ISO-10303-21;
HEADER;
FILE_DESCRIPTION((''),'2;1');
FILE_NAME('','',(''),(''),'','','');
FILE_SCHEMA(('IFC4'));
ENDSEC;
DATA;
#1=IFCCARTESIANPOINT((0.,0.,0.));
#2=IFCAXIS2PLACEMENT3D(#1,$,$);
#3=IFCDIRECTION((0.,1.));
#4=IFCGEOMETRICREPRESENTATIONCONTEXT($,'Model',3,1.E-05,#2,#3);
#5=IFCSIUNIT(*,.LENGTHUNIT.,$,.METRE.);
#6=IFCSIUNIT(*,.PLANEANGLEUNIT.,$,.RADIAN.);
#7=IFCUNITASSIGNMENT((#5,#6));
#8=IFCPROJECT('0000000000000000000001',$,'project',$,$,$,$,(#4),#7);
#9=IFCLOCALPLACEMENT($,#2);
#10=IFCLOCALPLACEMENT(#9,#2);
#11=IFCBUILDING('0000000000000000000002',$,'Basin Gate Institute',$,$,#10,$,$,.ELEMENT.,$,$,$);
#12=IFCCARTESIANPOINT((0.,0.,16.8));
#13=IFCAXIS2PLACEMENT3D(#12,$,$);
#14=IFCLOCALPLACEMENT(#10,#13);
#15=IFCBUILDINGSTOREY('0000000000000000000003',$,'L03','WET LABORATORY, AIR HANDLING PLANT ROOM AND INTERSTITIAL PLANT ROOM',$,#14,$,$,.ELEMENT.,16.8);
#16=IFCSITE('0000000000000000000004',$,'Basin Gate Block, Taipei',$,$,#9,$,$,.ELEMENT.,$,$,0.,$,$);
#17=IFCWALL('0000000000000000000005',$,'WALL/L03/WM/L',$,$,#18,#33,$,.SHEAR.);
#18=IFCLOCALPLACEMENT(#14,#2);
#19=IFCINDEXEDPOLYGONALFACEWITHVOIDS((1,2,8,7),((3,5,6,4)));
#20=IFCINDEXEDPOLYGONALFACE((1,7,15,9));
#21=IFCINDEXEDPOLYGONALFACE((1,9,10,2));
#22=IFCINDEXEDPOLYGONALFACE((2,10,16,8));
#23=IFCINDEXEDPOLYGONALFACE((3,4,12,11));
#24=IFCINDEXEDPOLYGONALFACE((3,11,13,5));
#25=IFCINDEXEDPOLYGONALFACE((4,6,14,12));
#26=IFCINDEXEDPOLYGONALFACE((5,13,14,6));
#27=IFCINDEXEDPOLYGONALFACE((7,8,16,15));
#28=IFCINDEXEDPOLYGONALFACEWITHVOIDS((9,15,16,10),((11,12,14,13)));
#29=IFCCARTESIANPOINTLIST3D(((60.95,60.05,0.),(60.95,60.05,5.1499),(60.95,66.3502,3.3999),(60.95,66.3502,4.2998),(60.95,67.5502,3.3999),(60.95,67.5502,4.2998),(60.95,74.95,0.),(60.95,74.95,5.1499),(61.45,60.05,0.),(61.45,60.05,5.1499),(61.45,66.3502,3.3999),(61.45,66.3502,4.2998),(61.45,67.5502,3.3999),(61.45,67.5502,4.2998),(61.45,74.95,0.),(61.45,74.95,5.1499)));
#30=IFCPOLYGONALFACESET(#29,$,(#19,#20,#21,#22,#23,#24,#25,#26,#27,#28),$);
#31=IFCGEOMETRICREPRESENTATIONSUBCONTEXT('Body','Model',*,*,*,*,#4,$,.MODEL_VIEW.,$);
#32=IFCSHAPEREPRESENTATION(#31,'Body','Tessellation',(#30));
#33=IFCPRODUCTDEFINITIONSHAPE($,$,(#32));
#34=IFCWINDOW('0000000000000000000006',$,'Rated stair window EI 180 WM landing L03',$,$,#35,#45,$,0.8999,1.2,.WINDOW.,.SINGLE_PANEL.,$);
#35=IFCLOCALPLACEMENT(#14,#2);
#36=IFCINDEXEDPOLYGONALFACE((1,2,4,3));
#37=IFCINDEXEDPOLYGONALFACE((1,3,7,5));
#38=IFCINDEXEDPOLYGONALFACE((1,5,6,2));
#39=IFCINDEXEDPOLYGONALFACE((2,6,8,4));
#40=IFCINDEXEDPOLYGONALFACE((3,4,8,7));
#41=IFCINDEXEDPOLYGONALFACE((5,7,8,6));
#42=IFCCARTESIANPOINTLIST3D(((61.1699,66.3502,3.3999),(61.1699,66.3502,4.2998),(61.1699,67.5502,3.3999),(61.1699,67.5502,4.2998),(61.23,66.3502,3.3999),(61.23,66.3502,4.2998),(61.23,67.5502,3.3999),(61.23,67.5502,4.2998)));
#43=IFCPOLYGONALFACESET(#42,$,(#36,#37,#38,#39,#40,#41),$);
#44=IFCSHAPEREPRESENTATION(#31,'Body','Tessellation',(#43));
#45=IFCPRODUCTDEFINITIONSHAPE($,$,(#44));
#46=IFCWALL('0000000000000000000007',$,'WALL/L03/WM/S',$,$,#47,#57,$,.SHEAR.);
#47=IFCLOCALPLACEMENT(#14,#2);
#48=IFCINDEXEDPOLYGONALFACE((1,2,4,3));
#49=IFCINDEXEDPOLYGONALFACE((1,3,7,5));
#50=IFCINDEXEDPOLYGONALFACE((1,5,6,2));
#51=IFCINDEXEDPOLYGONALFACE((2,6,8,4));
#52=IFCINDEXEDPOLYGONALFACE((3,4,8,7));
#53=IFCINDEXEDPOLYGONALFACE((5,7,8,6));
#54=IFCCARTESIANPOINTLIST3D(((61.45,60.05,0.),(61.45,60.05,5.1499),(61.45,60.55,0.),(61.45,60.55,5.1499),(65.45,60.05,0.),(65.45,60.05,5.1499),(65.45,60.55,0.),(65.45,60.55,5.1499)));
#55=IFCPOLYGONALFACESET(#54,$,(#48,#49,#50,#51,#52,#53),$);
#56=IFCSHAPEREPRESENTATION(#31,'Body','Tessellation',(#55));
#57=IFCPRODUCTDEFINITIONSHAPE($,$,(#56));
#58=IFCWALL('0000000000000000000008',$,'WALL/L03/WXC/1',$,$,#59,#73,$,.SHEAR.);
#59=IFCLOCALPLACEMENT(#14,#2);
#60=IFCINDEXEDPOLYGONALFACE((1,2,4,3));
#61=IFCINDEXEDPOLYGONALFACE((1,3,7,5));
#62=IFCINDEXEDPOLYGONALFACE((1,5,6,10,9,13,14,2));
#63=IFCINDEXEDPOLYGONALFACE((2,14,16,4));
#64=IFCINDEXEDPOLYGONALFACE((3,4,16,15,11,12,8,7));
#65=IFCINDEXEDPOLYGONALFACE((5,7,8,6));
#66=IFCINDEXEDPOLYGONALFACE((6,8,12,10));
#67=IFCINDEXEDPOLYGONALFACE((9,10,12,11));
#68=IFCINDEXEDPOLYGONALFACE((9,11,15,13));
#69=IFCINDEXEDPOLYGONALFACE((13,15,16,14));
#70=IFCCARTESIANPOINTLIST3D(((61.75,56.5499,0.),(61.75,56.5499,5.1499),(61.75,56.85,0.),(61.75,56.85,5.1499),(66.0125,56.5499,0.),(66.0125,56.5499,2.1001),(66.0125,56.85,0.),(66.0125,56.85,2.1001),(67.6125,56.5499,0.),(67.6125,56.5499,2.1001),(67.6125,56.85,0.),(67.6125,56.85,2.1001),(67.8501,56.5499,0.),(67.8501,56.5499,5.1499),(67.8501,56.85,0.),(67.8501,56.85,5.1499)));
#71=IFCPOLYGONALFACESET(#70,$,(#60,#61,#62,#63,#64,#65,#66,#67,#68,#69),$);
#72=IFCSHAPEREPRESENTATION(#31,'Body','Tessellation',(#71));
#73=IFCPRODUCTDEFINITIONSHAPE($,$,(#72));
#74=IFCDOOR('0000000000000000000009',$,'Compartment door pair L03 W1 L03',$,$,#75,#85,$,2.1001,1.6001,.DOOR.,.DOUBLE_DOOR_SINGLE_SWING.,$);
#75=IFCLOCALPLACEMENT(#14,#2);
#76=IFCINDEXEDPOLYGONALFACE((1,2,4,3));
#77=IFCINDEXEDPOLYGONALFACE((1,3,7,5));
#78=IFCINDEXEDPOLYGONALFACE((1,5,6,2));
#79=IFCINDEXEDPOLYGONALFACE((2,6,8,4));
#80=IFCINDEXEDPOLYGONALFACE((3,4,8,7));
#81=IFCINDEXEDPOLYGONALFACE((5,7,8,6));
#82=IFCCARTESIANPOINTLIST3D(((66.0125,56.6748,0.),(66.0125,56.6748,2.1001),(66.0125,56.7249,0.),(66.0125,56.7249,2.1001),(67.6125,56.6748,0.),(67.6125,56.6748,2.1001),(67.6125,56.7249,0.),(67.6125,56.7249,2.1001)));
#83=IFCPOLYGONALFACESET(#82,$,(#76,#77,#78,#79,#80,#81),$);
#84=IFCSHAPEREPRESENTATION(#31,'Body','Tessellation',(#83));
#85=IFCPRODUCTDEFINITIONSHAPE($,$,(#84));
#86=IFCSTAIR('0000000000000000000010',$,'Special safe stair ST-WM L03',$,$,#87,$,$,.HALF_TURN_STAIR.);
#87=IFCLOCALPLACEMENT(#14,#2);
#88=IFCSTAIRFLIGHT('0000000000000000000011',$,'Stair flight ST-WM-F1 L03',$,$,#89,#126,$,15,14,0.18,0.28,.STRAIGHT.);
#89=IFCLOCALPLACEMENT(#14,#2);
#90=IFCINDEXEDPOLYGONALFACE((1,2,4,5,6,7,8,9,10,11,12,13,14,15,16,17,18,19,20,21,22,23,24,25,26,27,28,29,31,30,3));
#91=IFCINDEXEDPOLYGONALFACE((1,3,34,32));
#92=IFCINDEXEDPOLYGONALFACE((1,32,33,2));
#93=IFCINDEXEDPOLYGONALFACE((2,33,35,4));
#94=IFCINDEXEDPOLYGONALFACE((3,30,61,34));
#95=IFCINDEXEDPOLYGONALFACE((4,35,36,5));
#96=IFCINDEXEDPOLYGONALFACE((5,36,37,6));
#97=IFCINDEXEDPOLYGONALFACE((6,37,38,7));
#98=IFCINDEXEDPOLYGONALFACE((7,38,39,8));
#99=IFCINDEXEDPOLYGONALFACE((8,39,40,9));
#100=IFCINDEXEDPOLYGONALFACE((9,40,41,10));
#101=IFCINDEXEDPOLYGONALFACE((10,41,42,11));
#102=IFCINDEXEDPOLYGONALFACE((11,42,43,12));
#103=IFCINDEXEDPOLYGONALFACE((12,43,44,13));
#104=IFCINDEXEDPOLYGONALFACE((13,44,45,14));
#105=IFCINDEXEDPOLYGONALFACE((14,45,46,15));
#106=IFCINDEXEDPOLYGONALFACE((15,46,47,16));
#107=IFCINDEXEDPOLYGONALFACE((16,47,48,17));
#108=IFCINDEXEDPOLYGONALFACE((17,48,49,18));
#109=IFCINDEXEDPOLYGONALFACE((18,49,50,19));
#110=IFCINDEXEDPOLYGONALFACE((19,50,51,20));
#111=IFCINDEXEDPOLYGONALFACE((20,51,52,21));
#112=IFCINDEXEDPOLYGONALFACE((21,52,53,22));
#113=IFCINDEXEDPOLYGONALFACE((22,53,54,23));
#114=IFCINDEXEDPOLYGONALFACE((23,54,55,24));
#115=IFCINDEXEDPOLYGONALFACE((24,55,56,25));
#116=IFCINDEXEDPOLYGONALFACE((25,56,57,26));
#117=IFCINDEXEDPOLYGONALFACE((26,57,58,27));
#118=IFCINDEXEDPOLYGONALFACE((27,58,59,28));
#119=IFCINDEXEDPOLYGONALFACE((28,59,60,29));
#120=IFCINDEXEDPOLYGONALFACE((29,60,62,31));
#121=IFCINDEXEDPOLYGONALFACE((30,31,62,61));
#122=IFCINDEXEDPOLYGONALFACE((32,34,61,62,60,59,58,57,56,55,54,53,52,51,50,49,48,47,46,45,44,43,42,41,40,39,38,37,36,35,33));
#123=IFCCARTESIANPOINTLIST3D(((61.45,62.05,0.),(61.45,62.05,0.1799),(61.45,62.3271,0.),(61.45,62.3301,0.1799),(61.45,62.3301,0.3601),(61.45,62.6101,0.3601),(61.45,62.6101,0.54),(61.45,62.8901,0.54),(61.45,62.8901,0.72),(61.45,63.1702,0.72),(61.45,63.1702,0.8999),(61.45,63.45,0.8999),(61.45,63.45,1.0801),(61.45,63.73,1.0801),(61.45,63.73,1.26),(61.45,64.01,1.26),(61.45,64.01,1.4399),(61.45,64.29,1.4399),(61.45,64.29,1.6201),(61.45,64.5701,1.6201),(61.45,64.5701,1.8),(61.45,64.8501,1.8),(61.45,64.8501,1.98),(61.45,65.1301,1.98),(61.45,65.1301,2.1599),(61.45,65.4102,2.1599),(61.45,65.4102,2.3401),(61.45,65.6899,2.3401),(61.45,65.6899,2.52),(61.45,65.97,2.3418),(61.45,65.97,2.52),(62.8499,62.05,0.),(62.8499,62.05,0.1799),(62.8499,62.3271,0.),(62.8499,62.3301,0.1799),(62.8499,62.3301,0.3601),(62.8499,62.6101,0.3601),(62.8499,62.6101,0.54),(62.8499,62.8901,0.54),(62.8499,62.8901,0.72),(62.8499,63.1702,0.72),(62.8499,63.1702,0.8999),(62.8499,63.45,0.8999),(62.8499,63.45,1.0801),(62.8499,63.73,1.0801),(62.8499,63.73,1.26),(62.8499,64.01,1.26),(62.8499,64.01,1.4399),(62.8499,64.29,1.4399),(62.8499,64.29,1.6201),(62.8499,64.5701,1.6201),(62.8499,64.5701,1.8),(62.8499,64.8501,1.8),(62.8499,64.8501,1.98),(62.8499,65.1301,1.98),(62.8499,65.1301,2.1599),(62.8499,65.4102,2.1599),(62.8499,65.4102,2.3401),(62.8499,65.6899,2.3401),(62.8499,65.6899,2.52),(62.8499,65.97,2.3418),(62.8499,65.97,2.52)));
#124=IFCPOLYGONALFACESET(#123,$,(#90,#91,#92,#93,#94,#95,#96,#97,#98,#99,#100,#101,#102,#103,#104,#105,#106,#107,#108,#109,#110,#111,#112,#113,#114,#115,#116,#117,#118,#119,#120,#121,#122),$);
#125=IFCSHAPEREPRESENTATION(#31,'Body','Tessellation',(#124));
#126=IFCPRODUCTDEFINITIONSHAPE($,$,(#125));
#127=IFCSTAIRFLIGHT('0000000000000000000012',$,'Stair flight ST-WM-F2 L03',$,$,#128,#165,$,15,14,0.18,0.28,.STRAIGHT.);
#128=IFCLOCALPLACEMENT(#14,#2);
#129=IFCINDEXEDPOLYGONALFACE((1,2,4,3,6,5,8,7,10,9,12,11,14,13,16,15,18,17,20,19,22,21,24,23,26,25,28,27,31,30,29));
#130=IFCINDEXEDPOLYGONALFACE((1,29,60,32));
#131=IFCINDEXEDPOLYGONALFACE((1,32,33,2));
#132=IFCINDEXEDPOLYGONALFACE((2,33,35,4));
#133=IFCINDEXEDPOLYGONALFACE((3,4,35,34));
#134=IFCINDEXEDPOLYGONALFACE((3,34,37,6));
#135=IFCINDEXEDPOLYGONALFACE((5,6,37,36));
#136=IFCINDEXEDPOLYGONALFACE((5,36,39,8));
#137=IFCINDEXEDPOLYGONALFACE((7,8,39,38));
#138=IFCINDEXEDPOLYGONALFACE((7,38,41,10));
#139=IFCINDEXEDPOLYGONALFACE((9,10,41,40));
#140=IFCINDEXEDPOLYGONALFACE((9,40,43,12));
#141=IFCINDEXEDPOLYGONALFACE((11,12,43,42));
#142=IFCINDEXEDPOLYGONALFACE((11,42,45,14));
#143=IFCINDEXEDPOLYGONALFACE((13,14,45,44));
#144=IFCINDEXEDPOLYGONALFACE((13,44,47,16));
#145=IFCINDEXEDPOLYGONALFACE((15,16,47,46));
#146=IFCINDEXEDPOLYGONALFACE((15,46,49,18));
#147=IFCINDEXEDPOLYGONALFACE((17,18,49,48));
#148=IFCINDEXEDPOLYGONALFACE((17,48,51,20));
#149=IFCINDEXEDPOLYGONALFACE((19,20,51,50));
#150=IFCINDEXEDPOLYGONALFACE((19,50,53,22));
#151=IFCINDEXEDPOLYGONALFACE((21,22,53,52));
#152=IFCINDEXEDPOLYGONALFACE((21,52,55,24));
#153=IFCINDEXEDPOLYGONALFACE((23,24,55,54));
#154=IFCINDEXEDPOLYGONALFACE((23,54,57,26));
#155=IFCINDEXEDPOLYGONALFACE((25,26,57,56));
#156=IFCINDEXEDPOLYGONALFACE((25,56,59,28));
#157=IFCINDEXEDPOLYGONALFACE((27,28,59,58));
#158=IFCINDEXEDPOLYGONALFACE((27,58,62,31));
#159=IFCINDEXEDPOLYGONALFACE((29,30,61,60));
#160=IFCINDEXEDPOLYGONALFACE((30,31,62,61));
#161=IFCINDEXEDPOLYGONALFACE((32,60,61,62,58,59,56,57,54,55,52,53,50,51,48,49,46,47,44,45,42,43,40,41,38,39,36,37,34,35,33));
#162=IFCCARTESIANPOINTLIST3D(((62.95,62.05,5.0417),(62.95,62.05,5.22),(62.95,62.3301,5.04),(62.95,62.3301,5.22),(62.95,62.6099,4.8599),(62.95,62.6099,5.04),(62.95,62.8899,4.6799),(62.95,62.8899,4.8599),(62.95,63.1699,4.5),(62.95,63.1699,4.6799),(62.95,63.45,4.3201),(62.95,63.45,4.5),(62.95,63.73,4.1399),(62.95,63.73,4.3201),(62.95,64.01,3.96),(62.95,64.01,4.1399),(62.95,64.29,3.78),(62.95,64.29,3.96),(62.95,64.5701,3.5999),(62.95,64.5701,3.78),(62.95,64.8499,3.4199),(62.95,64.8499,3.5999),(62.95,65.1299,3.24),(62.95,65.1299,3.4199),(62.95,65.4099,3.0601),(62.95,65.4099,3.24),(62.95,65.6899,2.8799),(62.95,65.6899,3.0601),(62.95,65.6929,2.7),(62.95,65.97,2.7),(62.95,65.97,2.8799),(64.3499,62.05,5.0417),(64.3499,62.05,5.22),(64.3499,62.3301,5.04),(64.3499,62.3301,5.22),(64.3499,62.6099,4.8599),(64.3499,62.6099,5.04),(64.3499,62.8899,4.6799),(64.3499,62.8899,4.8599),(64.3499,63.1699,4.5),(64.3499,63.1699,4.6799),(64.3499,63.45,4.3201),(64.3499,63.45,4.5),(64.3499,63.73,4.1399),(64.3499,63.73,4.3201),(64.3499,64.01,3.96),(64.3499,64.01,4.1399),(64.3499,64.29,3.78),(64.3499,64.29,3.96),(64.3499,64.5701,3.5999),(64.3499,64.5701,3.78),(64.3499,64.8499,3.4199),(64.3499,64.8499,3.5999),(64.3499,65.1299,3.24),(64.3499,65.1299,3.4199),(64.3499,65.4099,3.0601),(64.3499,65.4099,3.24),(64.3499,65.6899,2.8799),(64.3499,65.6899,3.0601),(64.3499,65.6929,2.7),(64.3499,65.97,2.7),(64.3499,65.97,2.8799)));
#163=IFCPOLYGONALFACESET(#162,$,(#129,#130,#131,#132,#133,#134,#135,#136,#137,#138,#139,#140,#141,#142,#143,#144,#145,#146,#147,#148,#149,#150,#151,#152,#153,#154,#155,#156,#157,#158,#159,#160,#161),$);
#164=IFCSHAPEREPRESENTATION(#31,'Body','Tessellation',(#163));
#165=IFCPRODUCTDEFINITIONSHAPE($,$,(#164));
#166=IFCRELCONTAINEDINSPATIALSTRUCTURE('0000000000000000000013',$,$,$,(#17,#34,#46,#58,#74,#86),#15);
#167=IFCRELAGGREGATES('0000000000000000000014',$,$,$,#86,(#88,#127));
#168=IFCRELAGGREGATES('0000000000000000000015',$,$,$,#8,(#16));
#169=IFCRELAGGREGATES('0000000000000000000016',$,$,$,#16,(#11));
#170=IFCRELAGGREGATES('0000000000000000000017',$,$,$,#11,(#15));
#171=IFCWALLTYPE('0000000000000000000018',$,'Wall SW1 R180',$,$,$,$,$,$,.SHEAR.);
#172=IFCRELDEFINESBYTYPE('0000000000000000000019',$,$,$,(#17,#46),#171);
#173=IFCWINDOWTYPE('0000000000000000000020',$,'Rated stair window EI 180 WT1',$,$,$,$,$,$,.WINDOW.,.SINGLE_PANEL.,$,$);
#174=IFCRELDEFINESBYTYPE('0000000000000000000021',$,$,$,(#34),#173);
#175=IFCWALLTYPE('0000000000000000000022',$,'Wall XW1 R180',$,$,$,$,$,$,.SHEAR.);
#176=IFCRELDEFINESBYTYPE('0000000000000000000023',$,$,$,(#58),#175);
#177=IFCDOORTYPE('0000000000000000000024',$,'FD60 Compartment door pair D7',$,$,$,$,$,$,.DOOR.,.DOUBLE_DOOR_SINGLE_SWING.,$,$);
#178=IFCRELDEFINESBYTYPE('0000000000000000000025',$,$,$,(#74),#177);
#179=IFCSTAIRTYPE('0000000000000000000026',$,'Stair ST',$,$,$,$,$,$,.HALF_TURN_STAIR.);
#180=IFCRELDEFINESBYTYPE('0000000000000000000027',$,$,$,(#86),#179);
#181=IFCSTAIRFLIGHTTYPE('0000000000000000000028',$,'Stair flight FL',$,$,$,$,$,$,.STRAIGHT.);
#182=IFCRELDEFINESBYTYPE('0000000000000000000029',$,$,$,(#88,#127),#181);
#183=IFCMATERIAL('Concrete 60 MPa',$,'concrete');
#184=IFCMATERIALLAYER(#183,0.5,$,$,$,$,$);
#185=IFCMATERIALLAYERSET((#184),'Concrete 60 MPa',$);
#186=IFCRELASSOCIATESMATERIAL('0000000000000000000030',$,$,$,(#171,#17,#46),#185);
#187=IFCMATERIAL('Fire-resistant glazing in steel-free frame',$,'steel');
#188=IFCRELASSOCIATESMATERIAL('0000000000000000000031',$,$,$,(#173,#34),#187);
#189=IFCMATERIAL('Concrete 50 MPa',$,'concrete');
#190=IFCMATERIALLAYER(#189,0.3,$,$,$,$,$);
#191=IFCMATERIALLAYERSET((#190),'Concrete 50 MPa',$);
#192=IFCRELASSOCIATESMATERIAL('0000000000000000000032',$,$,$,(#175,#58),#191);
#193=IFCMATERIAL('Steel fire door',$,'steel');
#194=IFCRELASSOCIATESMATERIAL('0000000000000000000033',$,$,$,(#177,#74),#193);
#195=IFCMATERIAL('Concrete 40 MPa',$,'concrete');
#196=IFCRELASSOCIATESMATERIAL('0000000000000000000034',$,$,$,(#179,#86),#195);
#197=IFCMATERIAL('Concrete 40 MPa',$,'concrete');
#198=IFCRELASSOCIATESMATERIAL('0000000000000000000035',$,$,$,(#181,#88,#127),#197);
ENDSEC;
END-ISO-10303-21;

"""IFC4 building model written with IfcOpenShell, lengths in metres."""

from ifc_helpers import new_model, si_unit, direction, frame, frame_2d, origin, place, context, subcontext, project, spatial, polyline, rectangle, outline, extrude, material, layer, layer_set, type_object, element, fill, aggregate, save


model = new_model("IFC4")

# Units and contexts
model_context = context("Model", 3, precision=1e-05, world=origin(), true_north=direction((0.0, 1.0)))
body_context = subcontext(model_context, "Body", "Model", "MODEL_VIEW")
ifc_project = project(units=[si_unit("LENGTHUNIT", "METRE"), si_unit("PLANEANGLEUNIT", "RADIAN")], contexts=[model_context])

# Site, building, storey
site_placement = place(None, origin())
site = spatial("IfcSite", under=ifc_project, at=site_placement, Name="Basin Gate Block, Taipei", CompositionType="ELEMENT", RefElevation=0.0)
building_placement = place(site_placement, origin())
building = spatial("IfcBuilding", under=site, at=building_placement, Name="Basin Gate Institute", CompositionType="ELEMENT")
storey_placement = place(building_placement, frame((0.0, 0.0, 16.8)))
storey = spatial("IfcBuildingStorey", under=building, at=storey_placement, Name="L03", Description="WET LABORATORY, AIR HANDLING PLANT ROOM AND INTERSTITIAL PLANT ROOM", CompositionType="ELEMENT", Elevation=16.8)

# Shared definitions
ifc_material_1 = material(Name="Concrete 60 MPa", Category="concrete")
ifc_layer_1 = layer(ifc_material_1, 0.5)
ifc_layer_set_1 = layer_set([ifc_layer_1], Name="Concrete 60 MPa")
wall_type_1 = type_object("IfcWallType", Name="Wall SW1 R180", PredefinedType="SHEAR", material=ifc_layer_set_1)

# Wall, opening, window
wall_1_placement = place(storey_placement, frame((61.2, 60.05, 0.0), z_axis=(0.0, 0.0, 1.0), x_axis=(0.0, 1.0, 0.0)))
wall_1 = element("IfcWall", 1, at=wall_1_placement, inside=storey, type_object=wall_type_1, material=ifc_layer_set_1, Name="WALL/L03/WM/L", PredefinedType="SHEAR", context=body_context, shape_type="SweptSolid", body=[
    extrude(rectangle(XDim=14.8999, YDim=0.5, at=frame_2d((7.45, 0.0))), origin(), (0.0, 0.0, 1.0), 5.1499),
])
opening_1_placement = place(wall_1_placement, frame((6.3, 0.0, 3.3999)))
opening_1 = element("IfcOpeningElement", 2, at=opening_1_placement, cuts=wall_1, PredefinedType="OPENING", context=body_context, shape_type="SweptSolid", body=[
    extrude(rectangle(XDim=1.2, YDim=0.8999, at=frame_2d((0.6001, 0.45))), frame((0.0, 0.26, 0.0), z_axis=(0.0, -1.0, 0.0), x_axis=(1.0, 0.0, 0.0)), (0.0, 0.0, 1.0), 0.52),
])
ifc_material_2 = material(Name="Fire-resistant glazing in steel-free frame", Category="steel")
window_type_1 = type_object("IfcWindowType", Name="Rated stair window EI 180 WT1", PartitioningType="SINGLE_PANEL", PredefinedType="WINDOW", material=ifc_material_2)
window_1_placement = place(opening_1_placement, origin())
window_1 = element("IfcWindow", 3, at=window_1_placement, inside=storey, type_object=window_type_1, material=ifc_material_2, Name="Rated stair window EI 180 WM landing L03", OverallHeight=0.8999, OverallWidth=1.2, PartitioningType="SINGLE_PANEL", PredefinedType="WINDOW", context=body_context, shape_type="SweptSolid", body=[
    extrude(rectangle(XDim=1.2, YDim=0.8999, at=frame_2d((0.6001, 0.45))), frame((0.0, 0.03, 0.0), z_axis=(0.0, -1.0, 0.0), x_axis=(1.0, 0.0, 0.0)), (0.0, 0.0, 1.0), 0.0601),
])
fill(opening_1, window_1)

# Wall
wall_2_placement = place(storey_placement, frame((61.45, 60.3, 0.0), z_axis=(0.0, 0.0, 1.0), x_axis=(1.0, 0.0, 0.0)))
element("IfcWall", 4, at=wall_2_placement, inside=storey, type_object=wall_type_1, material=ifc_layer_set_1, Name="WALL/L03/WM/S", PredefinedType="SHEAR", context=body_context, shape_type="SweptSolid", body=[
    extrude(rectangle(XDim=4.0, YDim=0.5, at=frame_2d((2.0, 0.0))), origin(), (0.0, 0.0, 1.0), 5.1499),
])

# Wall, opening, door
ifc_material_3 = material(Name="Concrete 50 MPa", Category="concrete")
ifc_layer_2 = layer(ifc_material_3, 0.3)
ifc_layer_set_2 = layer_set([ifc_layer_2], Name="Concrete 50 MPa")
wall_type_2 = type_object("IfcWallType", Name="Wall XW1 R180", PredefinedType="SHEAR", material=ifc_layer_set_2)
wall_3_placement = place(storey_placement, frame((61.75, 56.7, 0.0), z_axis=(0.0, 0.0, 1.0), x_axis=(1.0, 0.0, 0.0)))
wall_3 = element("IfcWall", 5, at=wall_3_placement, inside=storey, type_object=wall_type_2, material=ifc_layer_set_2, Name="WALL/L03/WXC/1", PredefinedType="SHEAR", context=body_context, shape_type="SweptSolid", body=[
    extrude(rectangle(XDim=6.1001, YDim=0.3, at=frame_2d((3.05, 0.0))), origin(), (0.0, 0.0, 1.0), 5.1499),
])
opening_2_placement = place(wall_3_placement, frame((4.2625, 0.0, 0.0)))
opening_2 = element("IfcOpeningElement", 6, at=opening_2_placement, cuts=wall_3, PredefinedType="OPENING", context=body_context, shape_type="SweptSolid", body=[
    extrude(rectangle(XDim=1.6001, YDim=2.1001, at=frame_2d((0.8, 1.05))), frame((0.0, 0.1602, 0.0), z_axis=(0.0, -1.0, 0.0), x_axis=(1.0, 0.0, 0.0)), (0.0, 0.0, 1.0), 0.3201),
])
ifc_material_4 = material(Name="Steel fire door", Category="steel")
door_type = type_object("IfcDoorType", Name="FD60 Compartment door pair D7", OperationType="DOUBLE_DOOR_SINGLE_SWING", PredefinedType="DOOR", material=ifc_material_4)
door_placement = place(opening_2_placement, origin())
door = element("IfcDoor", 7, at=door_placement, inside=storey, type_object=door_type, material=ifc_material_4, Name="Compartment door pair L03 W1 L03", OperationType="DOUBLE_DOOR_SINGLE_SWING", OverallHeight=2.1001, OverallWidth=1.6001, PredefinedType="DOOR", context=body_context, shape_type="SweptSolid", body=[
    extrude(rectangle(XDim=1.6001, YDim=2.1001, at=frame_2d((0.8, 1.05))), frame((0.0, 0.0249, 0.0), z_axis=(0.0, -1.0, 0.0), x_axis=(1.0, 0.0, 0.0)), (0.0, 0.0, 1.0), 0.05),
])
fill(opening_2, door)

# Stair, stair flights
ifc_material_5 = material(Name="Concrete 40 MPa", Category="concrete")
stair_type = type_object("IfcStairType", Name="Stair ST", PredefinedType="HALF_TURN_STAIR", material=ifc_material_5)
stair_placement = place(storey_placement, origin())
stair = element("IfcStair", 8, at=stair_placement, inside=storey, type_object=stair_type, material=ifc_material_5, Name="Special safe stair ST-WM L03", PredefinedType="HALF_TURN_STAIR")
ifc_material_6 = material(Name="Concrete 40 MPa", Category="concrete")
stair_flight_type = type_object("IfcStairFlightType", Name="Stair flight FL", PredefinedType="STRAIGHT", material=ifc_material_6)
stair_flight_1_placement = place(storey_placement, frame((62.1499, 62.05, 0.0), z_axis=(0.0, 0.0, 1.0), x_axis=(0.0, 1.0, 0.0)))
stair_flight_1 = element("IfcStairFlight", 9, at=stair_flight_1_placement, type_object=stair_flight_type, material=ifc_material_6, Name="Stair flight ST-WM-F1 L03", NumberOfRisers=15, NumberOfTreads=14, PredefinedType="STRAIGHT", RiserHeight=0.18, TreadLength=0.28, context=body_context, shape_type="SweptSolid", body=[
    extrude(outline(polyline([(0.0, 0.0), (0.0, 0.1799), (0.28, 0.1799), (0.28, 0.3601), (0.5601, 0.3601), (0.5601, 0.54), (0.8401, 0.54), (0.8401, 0.72), (1.1201, 0.72), (1.1201, 0.8999), (1.3999, 0.8999), (1.3999, 1.0801), (1.6799, 1.0801), (1.6799, 1.26), (1.96, 1.26), (1.96, 1.4399), (2.24, 1.4399), (2.24, 1.6201), (2.52, 1.6201), (2.52, 1.8), (2.8, 1.8), (2.8, 1.98), (3.0801, 1.98), (3.0801, 2.1599), (3.3601, 2.1599), (3.3601, 2.3401), (3.6399, 2.3401), (3.6399, 2.52), (3.9199, 2.52), (3.9199, 2.7), (3.9199, 2.3418), (0.2771, 0.0), (0.0, 0.0)])), frame((0.0, 0.7, 0.0), z_axis=(0.0, -1.0, 0.0), x_axis=(1.0, 0.0, 0.0)), (0.0, 0.0, 1.0), 1.3999),
])
stair_flight_2_placement = place(storey_placement, frame((63.6499, 65.97, 2.7), z_axis=(0.0, 0.0, 1.0), x_axis=(0.0, -1.0, 0.0)))
stair_flight_2 = element("IfcStairFlight", 10, at=stair_flight_2_placement, type_object=stair_flight_type, material=ifc_material_6, Name="Stair flight ST-WM-F2 L03", NumberOfRisers=15, NumberOfTreads=14, PredefinedType="STRAIGHT", RiserHeight=0.18, TreadLength=0.28, context=body_context, shape_type="SweptSolid", body=[
    extrude(outline(polyline([(0.0, 0.0), (0.0, 0.1799), (0.28, 0.1799), (0.28, 0.3601), (0.5601, 0.3601), (0.5601, 0.54), (0.8401, 0.54), (0.8401, 0.72), (1.1201, 0.72), (1.1201, 0.8999), (1.3999, 0.8999), (1.3999, 1.0801), (1.6799, 1.0801), (1.6799, 1.26), (1.96, 1.26), (1.96, 1.4399), (2.24, 1.4399), (2.24, 1.6201), (2.52, 1.6201), (2.52, 1.8), (2.8, 1.8), (2.8, 1.98), (3.0801, 1.98), (3.0801, 2.1599), (3.3601, 2.1599), (3.3601, 2.3401), (3.6399, 2.3401), (3.6399, 2.52), (3.9199, 2.52), (3.9199, 2.7), (3.9199, 2.3418), (0.2771, 0.0), (0.0, 0.0)])), frame((0.0, 0.7, 0.0), z_axis=(0.0, -1.0, 0.0), x_axis=(1.0, 0.0, 0.0)), (0.0, 0.0, 1.0), 1.3999),
])
aggregate(stair, [stair_flight_1, stair_flight_2])

save(model, "model.ifc")
